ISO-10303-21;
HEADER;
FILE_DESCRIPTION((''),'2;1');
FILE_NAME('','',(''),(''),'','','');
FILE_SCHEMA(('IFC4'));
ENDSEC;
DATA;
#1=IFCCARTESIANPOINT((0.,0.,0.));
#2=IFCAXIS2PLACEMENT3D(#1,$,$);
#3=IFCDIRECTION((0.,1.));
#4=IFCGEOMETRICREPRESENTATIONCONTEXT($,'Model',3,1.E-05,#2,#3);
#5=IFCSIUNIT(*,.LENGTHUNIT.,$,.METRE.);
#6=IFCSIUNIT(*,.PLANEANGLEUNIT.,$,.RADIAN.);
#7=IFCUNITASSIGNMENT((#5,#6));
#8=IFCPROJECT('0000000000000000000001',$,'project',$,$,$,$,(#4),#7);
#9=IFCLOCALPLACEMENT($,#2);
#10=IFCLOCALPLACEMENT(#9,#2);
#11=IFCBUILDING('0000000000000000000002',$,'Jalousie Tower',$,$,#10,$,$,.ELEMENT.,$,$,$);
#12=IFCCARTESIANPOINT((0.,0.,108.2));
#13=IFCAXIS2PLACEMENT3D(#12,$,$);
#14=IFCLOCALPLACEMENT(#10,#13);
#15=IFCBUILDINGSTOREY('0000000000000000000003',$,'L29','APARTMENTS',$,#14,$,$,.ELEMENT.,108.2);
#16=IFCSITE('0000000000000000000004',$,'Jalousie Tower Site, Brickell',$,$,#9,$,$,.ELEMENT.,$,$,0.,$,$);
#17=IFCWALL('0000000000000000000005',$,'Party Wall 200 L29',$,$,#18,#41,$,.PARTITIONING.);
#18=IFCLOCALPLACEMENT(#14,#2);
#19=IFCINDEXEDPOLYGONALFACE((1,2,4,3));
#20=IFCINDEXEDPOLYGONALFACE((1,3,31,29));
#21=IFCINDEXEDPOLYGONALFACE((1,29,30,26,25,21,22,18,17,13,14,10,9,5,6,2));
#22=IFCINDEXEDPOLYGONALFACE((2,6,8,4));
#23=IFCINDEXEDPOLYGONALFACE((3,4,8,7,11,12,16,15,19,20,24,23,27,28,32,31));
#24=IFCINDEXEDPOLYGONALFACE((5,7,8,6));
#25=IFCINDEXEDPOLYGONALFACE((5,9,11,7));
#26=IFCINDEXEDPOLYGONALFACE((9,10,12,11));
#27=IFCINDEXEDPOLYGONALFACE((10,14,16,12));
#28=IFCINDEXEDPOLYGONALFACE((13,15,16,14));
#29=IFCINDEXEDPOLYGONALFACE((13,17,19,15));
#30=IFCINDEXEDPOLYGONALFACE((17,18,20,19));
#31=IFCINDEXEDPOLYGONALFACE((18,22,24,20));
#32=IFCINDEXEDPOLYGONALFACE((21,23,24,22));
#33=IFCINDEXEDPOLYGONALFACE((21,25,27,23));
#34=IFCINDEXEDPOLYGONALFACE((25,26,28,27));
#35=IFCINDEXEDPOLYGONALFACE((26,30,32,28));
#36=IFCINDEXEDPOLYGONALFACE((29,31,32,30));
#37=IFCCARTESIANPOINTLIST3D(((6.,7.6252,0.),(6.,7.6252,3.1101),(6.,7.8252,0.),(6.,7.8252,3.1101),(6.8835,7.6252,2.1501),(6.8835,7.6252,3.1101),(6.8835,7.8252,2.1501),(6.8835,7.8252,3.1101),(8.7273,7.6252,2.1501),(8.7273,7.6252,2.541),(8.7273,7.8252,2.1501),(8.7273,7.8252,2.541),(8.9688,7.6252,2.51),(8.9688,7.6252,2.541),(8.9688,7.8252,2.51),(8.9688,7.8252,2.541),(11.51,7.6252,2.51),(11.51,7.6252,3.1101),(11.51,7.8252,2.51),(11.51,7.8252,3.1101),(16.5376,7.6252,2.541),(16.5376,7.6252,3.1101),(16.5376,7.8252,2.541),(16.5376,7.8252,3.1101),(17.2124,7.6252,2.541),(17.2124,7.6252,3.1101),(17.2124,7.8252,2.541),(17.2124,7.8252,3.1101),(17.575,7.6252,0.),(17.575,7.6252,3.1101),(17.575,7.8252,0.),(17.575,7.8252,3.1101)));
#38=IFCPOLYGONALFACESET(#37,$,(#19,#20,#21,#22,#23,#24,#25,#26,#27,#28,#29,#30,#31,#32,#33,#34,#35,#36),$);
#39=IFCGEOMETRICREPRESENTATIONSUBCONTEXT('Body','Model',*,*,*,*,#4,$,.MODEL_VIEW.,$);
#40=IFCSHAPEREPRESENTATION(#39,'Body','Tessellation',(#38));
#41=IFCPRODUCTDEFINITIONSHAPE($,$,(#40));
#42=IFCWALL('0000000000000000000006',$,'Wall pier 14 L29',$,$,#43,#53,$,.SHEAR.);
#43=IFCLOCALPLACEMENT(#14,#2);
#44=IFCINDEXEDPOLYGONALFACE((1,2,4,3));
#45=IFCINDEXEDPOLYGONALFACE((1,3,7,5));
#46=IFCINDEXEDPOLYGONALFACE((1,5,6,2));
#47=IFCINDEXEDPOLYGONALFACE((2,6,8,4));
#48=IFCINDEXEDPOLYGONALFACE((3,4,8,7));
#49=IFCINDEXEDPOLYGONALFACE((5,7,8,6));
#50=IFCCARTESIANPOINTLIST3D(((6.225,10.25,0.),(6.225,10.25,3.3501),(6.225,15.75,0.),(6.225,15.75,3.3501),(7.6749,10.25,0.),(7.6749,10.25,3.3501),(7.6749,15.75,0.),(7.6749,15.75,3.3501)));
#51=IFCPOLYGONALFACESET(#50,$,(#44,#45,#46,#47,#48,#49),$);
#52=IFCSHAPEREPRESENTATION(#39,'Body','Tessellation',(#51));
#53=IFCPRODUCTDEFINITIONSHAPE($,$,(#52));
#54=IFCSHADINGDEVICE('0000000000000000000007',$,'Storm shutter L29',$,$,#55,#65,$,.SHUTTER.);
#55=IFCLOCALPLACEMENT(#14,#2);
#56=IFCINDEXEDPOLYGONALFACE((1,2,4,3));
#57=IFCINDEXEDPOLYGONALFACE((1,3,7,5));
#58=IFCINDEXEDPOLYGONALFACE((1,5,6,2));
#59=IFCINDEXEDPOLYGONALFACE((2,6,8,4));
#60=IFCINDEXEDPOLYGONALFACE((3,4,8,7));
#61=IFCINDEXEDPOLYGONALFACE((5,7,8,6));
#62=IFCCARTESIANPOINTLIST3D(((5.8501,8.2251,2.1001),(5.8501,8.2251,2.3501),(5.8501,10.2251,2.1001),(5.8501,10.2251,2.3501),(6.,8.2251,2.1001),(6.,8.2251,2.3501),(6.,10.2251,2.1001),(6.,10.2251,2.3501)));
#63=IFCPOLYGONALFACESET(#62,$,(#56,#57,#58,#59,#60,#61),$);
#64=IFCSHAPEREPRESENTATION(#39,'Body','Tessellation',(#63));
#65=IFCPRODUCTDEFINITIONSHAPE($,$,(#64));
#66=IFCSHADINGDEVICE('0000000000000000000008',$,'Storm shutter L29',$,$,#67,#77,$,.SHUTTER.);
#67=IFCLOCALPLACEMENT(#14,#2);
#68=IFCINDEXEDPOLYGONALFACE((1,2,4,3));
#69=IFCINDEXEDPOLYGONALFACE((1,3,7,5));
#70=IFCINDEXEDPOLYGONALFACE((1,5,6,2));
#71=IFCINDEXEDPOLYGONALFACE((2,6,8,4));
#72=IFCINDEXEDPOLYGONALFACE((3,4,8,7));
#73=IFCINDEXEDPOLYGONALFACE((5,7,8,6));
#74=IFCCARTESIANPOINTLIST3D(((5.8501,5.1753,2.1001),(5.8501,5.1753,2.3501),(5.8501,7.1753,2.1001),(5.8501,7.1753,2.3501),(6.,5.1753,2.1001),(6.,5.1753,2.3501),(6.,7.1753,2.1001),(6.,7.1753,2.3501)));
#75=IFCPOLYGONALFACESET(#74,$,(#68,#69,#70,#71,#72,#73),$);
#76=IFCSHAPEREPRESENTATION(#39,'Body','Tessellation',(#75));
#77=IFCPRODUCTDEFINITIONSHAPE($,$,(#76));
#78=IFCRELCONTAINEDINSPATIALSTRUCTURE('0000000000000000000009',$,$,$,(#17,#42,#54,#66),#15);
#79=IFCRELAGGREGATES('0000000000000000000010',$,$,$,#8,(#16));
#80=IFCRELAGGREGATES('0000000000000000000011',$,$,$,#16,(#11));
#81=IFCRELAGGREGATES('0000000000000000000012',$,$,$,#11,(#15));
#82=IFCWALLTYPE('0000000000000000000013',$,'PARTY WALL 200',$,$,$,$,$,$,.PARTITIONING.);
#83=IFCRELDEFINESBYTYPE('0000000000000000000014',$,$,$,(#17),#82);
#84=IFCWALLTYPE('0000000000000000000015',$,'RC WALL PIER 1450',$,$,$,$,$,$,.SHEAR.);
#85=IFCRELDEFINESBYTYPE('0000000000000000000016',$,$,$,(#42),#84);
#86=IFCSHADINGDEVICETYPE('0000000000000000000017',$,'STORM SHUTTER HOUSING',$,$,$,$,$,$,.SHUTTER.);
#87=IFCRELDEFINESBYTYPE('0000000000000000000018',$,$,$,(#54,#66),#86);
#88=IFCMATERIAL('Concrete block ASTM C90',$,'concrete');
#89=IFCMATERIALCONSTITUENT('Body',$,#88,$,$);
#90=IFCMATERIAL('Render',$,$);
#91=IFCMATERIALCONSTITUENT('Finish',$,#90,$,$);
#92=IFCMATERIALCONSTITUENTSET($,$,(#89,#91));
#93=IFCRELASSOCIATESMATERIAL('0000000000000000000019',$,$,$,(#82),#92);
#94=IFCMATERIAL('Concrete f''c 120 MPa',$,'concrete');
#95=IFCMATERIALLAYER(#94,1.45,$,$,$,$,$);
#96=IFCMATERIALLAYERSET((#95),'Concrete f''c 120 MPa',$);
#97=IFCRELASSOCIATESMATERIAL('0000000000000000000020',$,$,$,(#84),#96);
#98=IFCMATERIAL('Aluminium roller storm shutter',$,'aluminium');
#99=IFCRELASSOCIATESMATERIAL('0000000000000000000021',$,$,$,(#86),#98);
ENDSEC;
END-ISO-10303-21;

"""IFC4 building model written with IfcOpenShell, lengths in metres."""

from ifc_helpers import new_model, si_unit, direction, frame, frame_2d, origin, origin_2d, place, context, subcontext, project, spatial, polyline, rectangle, outline, extrude, material, layer, layer_set, constituent, constituent_set, type_object, element, save


model = new_model("IFC4")

# Units and contexts
model_context = context("Model", 3, precision=1e-05, world=origin(), true_north=direction((0.0, 1.0)))
body_context = subcontext(model_context, "Body", "Model", "MODEL_VIEW")
ifc_project = project(units=[si_unit("LENGTHUNIT", "METRE"), si_unit("PLANEANGLEUNIT", "RADIAN")], contexts=[model_context])

# Site, building, storey
site_placement = place(None, origin())
site = spatial("IfcSite", under=ifc_project, at=site_placement, Name="Jalousie Tower Site, Brickell", CompositionType="ELEMENT", RefElevation=0.0)
building_placement = place(site_placement, origin())
building = spatial("IfcBuilding", under=site, at=building_placement, Name="Jalousie Tower", CompositionType="ELEMENT")
storey_placement = place(building_placement, frame((0.0, 0.0, 108.2)))
storey = spatial("IfcBuildingStorey", under=building, at=storey_placement, Name="L29", Description="APARTMENTS", CompositionType="ELEMENT", Elevation=108.2)

# Walls
ifc_material_1 = material(Name="Concrete block ASTM C90", Category="concrete")
ifc_constituent_1 = constituent(ifc_material_1, Name="Body")
ifc_material_2 = material(Name="Render")
ifc_constituent_2 = constituent(ifc_material_2, Name="Finish")
ifc_constituent_set_1 = constituent_set(constituents=[ifc_constituent_1, ifc_constituent_2])
wall_type_1 = type_object("IfcWallType", Name="PARTY WALL 200", PredefinedType="PARTITIONING", material=ifc_constituent_set_1)
wall_1_placement = place(storey_placement, frame((6.0, 7.7251, 0.0), z_axis=(0.0, 0.0, 1.0), x_axis=(1.0, 0.0, 0.0)))
element("IfcWall", 1, at=wall_1_placement, inside=storey, type_object=wall_type_1, Name="Party Wall 200 L29", PredefinedType="PARTITIONING", context=body_context, shape_type="SweptSolid", body=[
    extrude(outline(polyline([(0.0, 0.0), (11.575, 0.0), (11.575, 3.1101), (11.2124, 3.1101), (11.2124, 2.541), (10.5376, 2.541), (10.5376, 3.1101), (5.51, 3.1101), (5.51, 2.51), (2.9688, 2.51), (2.9688, 2.541), (2.7273, 2.541), (2.7273, 2.1501), (0.8835, 2.1501), (0.8835, 3.1101), (0.0, 3.1101), (0.0, 0.0)])), frame((0.0, 0.1001, 0.0), z_axis=(0.0, -1.0, 0.0), x_axis=(1.0, 0.0, 0.0)), (0.0, 0.0, 1.0), 0.2),
])
ifc_material_3 = material(Name="Concrete f'c 120 MPa", Category="concrete")
ifc_layer_1 = layer(ifc_material_3, 1.45)
ifc_layer_set_1 = layer_set([ifc_layer_1], Name="Concrete f'c 120 MPa")
wall_type_2 = type_object("IfcWallType", Name="RC WALL PIER 1450", PredefinedType="SHEAR", material=ifc_layer_set_1)
wall_2_placement = place(storey_placement, frame((6.95, 10.25, 0.0), z_axis=(0.0, 0.0, 1.0), x_axis=(0.0, 1.0, 0.0)))
element("IfcWall", 2, at=wall_2_placement, inside=storey, type_object=wall_type_2, Name="Wall pier 14 L29", PredefinedType="SHEAR", context=body_context, shape_type="SweptSolid", body=[
    extrude(rectangle(XDim=5.5, YDim=1.45, at=frame_2d((2.75, 0.0))), origin(), (0.0, 0.0, 1.0), 3.3501),
])

# Shading devices
ifc_material_4 = material(Name="Aluminium roller storm shutter", Category="aluminium")
shading_device_type = type_object("IfcShadingDeviceType", Name="STORM SHUTTER HOUSING", PredefinedType="SHUTTER", material=ifc_material_4)
for number, where, z_axis, x_axis, name in (
    (3, (5.925, 9.2251, 2.1001), (0.0, 0.0, 1.0), (0.0, -1.0, 0.0), "Storm shutter L29"),
    (4, (5.925, 6.1753, 2.1001), (0.0, 0.0, 1.0), (0.0, -1.0, 0.0), "Storm shutter L29"),
):
    element("IfcShadingDevice", number, at=place(storey_placement, frame(where, z_axis=z_axis, x_axis=x_axis)), inside=storey, type_object=shading_device_type, Name=name, PredefinedType="SHUTTER", context=body_context, shape_type="SweptSolid", body=[
        extrude(rectangle(XDim=2.0, YDim=0.1499, at=origin_2d()), origin(), (0.0, 0.0, 1.0), 0.25),
    ])

save(model, "model.ifc")
